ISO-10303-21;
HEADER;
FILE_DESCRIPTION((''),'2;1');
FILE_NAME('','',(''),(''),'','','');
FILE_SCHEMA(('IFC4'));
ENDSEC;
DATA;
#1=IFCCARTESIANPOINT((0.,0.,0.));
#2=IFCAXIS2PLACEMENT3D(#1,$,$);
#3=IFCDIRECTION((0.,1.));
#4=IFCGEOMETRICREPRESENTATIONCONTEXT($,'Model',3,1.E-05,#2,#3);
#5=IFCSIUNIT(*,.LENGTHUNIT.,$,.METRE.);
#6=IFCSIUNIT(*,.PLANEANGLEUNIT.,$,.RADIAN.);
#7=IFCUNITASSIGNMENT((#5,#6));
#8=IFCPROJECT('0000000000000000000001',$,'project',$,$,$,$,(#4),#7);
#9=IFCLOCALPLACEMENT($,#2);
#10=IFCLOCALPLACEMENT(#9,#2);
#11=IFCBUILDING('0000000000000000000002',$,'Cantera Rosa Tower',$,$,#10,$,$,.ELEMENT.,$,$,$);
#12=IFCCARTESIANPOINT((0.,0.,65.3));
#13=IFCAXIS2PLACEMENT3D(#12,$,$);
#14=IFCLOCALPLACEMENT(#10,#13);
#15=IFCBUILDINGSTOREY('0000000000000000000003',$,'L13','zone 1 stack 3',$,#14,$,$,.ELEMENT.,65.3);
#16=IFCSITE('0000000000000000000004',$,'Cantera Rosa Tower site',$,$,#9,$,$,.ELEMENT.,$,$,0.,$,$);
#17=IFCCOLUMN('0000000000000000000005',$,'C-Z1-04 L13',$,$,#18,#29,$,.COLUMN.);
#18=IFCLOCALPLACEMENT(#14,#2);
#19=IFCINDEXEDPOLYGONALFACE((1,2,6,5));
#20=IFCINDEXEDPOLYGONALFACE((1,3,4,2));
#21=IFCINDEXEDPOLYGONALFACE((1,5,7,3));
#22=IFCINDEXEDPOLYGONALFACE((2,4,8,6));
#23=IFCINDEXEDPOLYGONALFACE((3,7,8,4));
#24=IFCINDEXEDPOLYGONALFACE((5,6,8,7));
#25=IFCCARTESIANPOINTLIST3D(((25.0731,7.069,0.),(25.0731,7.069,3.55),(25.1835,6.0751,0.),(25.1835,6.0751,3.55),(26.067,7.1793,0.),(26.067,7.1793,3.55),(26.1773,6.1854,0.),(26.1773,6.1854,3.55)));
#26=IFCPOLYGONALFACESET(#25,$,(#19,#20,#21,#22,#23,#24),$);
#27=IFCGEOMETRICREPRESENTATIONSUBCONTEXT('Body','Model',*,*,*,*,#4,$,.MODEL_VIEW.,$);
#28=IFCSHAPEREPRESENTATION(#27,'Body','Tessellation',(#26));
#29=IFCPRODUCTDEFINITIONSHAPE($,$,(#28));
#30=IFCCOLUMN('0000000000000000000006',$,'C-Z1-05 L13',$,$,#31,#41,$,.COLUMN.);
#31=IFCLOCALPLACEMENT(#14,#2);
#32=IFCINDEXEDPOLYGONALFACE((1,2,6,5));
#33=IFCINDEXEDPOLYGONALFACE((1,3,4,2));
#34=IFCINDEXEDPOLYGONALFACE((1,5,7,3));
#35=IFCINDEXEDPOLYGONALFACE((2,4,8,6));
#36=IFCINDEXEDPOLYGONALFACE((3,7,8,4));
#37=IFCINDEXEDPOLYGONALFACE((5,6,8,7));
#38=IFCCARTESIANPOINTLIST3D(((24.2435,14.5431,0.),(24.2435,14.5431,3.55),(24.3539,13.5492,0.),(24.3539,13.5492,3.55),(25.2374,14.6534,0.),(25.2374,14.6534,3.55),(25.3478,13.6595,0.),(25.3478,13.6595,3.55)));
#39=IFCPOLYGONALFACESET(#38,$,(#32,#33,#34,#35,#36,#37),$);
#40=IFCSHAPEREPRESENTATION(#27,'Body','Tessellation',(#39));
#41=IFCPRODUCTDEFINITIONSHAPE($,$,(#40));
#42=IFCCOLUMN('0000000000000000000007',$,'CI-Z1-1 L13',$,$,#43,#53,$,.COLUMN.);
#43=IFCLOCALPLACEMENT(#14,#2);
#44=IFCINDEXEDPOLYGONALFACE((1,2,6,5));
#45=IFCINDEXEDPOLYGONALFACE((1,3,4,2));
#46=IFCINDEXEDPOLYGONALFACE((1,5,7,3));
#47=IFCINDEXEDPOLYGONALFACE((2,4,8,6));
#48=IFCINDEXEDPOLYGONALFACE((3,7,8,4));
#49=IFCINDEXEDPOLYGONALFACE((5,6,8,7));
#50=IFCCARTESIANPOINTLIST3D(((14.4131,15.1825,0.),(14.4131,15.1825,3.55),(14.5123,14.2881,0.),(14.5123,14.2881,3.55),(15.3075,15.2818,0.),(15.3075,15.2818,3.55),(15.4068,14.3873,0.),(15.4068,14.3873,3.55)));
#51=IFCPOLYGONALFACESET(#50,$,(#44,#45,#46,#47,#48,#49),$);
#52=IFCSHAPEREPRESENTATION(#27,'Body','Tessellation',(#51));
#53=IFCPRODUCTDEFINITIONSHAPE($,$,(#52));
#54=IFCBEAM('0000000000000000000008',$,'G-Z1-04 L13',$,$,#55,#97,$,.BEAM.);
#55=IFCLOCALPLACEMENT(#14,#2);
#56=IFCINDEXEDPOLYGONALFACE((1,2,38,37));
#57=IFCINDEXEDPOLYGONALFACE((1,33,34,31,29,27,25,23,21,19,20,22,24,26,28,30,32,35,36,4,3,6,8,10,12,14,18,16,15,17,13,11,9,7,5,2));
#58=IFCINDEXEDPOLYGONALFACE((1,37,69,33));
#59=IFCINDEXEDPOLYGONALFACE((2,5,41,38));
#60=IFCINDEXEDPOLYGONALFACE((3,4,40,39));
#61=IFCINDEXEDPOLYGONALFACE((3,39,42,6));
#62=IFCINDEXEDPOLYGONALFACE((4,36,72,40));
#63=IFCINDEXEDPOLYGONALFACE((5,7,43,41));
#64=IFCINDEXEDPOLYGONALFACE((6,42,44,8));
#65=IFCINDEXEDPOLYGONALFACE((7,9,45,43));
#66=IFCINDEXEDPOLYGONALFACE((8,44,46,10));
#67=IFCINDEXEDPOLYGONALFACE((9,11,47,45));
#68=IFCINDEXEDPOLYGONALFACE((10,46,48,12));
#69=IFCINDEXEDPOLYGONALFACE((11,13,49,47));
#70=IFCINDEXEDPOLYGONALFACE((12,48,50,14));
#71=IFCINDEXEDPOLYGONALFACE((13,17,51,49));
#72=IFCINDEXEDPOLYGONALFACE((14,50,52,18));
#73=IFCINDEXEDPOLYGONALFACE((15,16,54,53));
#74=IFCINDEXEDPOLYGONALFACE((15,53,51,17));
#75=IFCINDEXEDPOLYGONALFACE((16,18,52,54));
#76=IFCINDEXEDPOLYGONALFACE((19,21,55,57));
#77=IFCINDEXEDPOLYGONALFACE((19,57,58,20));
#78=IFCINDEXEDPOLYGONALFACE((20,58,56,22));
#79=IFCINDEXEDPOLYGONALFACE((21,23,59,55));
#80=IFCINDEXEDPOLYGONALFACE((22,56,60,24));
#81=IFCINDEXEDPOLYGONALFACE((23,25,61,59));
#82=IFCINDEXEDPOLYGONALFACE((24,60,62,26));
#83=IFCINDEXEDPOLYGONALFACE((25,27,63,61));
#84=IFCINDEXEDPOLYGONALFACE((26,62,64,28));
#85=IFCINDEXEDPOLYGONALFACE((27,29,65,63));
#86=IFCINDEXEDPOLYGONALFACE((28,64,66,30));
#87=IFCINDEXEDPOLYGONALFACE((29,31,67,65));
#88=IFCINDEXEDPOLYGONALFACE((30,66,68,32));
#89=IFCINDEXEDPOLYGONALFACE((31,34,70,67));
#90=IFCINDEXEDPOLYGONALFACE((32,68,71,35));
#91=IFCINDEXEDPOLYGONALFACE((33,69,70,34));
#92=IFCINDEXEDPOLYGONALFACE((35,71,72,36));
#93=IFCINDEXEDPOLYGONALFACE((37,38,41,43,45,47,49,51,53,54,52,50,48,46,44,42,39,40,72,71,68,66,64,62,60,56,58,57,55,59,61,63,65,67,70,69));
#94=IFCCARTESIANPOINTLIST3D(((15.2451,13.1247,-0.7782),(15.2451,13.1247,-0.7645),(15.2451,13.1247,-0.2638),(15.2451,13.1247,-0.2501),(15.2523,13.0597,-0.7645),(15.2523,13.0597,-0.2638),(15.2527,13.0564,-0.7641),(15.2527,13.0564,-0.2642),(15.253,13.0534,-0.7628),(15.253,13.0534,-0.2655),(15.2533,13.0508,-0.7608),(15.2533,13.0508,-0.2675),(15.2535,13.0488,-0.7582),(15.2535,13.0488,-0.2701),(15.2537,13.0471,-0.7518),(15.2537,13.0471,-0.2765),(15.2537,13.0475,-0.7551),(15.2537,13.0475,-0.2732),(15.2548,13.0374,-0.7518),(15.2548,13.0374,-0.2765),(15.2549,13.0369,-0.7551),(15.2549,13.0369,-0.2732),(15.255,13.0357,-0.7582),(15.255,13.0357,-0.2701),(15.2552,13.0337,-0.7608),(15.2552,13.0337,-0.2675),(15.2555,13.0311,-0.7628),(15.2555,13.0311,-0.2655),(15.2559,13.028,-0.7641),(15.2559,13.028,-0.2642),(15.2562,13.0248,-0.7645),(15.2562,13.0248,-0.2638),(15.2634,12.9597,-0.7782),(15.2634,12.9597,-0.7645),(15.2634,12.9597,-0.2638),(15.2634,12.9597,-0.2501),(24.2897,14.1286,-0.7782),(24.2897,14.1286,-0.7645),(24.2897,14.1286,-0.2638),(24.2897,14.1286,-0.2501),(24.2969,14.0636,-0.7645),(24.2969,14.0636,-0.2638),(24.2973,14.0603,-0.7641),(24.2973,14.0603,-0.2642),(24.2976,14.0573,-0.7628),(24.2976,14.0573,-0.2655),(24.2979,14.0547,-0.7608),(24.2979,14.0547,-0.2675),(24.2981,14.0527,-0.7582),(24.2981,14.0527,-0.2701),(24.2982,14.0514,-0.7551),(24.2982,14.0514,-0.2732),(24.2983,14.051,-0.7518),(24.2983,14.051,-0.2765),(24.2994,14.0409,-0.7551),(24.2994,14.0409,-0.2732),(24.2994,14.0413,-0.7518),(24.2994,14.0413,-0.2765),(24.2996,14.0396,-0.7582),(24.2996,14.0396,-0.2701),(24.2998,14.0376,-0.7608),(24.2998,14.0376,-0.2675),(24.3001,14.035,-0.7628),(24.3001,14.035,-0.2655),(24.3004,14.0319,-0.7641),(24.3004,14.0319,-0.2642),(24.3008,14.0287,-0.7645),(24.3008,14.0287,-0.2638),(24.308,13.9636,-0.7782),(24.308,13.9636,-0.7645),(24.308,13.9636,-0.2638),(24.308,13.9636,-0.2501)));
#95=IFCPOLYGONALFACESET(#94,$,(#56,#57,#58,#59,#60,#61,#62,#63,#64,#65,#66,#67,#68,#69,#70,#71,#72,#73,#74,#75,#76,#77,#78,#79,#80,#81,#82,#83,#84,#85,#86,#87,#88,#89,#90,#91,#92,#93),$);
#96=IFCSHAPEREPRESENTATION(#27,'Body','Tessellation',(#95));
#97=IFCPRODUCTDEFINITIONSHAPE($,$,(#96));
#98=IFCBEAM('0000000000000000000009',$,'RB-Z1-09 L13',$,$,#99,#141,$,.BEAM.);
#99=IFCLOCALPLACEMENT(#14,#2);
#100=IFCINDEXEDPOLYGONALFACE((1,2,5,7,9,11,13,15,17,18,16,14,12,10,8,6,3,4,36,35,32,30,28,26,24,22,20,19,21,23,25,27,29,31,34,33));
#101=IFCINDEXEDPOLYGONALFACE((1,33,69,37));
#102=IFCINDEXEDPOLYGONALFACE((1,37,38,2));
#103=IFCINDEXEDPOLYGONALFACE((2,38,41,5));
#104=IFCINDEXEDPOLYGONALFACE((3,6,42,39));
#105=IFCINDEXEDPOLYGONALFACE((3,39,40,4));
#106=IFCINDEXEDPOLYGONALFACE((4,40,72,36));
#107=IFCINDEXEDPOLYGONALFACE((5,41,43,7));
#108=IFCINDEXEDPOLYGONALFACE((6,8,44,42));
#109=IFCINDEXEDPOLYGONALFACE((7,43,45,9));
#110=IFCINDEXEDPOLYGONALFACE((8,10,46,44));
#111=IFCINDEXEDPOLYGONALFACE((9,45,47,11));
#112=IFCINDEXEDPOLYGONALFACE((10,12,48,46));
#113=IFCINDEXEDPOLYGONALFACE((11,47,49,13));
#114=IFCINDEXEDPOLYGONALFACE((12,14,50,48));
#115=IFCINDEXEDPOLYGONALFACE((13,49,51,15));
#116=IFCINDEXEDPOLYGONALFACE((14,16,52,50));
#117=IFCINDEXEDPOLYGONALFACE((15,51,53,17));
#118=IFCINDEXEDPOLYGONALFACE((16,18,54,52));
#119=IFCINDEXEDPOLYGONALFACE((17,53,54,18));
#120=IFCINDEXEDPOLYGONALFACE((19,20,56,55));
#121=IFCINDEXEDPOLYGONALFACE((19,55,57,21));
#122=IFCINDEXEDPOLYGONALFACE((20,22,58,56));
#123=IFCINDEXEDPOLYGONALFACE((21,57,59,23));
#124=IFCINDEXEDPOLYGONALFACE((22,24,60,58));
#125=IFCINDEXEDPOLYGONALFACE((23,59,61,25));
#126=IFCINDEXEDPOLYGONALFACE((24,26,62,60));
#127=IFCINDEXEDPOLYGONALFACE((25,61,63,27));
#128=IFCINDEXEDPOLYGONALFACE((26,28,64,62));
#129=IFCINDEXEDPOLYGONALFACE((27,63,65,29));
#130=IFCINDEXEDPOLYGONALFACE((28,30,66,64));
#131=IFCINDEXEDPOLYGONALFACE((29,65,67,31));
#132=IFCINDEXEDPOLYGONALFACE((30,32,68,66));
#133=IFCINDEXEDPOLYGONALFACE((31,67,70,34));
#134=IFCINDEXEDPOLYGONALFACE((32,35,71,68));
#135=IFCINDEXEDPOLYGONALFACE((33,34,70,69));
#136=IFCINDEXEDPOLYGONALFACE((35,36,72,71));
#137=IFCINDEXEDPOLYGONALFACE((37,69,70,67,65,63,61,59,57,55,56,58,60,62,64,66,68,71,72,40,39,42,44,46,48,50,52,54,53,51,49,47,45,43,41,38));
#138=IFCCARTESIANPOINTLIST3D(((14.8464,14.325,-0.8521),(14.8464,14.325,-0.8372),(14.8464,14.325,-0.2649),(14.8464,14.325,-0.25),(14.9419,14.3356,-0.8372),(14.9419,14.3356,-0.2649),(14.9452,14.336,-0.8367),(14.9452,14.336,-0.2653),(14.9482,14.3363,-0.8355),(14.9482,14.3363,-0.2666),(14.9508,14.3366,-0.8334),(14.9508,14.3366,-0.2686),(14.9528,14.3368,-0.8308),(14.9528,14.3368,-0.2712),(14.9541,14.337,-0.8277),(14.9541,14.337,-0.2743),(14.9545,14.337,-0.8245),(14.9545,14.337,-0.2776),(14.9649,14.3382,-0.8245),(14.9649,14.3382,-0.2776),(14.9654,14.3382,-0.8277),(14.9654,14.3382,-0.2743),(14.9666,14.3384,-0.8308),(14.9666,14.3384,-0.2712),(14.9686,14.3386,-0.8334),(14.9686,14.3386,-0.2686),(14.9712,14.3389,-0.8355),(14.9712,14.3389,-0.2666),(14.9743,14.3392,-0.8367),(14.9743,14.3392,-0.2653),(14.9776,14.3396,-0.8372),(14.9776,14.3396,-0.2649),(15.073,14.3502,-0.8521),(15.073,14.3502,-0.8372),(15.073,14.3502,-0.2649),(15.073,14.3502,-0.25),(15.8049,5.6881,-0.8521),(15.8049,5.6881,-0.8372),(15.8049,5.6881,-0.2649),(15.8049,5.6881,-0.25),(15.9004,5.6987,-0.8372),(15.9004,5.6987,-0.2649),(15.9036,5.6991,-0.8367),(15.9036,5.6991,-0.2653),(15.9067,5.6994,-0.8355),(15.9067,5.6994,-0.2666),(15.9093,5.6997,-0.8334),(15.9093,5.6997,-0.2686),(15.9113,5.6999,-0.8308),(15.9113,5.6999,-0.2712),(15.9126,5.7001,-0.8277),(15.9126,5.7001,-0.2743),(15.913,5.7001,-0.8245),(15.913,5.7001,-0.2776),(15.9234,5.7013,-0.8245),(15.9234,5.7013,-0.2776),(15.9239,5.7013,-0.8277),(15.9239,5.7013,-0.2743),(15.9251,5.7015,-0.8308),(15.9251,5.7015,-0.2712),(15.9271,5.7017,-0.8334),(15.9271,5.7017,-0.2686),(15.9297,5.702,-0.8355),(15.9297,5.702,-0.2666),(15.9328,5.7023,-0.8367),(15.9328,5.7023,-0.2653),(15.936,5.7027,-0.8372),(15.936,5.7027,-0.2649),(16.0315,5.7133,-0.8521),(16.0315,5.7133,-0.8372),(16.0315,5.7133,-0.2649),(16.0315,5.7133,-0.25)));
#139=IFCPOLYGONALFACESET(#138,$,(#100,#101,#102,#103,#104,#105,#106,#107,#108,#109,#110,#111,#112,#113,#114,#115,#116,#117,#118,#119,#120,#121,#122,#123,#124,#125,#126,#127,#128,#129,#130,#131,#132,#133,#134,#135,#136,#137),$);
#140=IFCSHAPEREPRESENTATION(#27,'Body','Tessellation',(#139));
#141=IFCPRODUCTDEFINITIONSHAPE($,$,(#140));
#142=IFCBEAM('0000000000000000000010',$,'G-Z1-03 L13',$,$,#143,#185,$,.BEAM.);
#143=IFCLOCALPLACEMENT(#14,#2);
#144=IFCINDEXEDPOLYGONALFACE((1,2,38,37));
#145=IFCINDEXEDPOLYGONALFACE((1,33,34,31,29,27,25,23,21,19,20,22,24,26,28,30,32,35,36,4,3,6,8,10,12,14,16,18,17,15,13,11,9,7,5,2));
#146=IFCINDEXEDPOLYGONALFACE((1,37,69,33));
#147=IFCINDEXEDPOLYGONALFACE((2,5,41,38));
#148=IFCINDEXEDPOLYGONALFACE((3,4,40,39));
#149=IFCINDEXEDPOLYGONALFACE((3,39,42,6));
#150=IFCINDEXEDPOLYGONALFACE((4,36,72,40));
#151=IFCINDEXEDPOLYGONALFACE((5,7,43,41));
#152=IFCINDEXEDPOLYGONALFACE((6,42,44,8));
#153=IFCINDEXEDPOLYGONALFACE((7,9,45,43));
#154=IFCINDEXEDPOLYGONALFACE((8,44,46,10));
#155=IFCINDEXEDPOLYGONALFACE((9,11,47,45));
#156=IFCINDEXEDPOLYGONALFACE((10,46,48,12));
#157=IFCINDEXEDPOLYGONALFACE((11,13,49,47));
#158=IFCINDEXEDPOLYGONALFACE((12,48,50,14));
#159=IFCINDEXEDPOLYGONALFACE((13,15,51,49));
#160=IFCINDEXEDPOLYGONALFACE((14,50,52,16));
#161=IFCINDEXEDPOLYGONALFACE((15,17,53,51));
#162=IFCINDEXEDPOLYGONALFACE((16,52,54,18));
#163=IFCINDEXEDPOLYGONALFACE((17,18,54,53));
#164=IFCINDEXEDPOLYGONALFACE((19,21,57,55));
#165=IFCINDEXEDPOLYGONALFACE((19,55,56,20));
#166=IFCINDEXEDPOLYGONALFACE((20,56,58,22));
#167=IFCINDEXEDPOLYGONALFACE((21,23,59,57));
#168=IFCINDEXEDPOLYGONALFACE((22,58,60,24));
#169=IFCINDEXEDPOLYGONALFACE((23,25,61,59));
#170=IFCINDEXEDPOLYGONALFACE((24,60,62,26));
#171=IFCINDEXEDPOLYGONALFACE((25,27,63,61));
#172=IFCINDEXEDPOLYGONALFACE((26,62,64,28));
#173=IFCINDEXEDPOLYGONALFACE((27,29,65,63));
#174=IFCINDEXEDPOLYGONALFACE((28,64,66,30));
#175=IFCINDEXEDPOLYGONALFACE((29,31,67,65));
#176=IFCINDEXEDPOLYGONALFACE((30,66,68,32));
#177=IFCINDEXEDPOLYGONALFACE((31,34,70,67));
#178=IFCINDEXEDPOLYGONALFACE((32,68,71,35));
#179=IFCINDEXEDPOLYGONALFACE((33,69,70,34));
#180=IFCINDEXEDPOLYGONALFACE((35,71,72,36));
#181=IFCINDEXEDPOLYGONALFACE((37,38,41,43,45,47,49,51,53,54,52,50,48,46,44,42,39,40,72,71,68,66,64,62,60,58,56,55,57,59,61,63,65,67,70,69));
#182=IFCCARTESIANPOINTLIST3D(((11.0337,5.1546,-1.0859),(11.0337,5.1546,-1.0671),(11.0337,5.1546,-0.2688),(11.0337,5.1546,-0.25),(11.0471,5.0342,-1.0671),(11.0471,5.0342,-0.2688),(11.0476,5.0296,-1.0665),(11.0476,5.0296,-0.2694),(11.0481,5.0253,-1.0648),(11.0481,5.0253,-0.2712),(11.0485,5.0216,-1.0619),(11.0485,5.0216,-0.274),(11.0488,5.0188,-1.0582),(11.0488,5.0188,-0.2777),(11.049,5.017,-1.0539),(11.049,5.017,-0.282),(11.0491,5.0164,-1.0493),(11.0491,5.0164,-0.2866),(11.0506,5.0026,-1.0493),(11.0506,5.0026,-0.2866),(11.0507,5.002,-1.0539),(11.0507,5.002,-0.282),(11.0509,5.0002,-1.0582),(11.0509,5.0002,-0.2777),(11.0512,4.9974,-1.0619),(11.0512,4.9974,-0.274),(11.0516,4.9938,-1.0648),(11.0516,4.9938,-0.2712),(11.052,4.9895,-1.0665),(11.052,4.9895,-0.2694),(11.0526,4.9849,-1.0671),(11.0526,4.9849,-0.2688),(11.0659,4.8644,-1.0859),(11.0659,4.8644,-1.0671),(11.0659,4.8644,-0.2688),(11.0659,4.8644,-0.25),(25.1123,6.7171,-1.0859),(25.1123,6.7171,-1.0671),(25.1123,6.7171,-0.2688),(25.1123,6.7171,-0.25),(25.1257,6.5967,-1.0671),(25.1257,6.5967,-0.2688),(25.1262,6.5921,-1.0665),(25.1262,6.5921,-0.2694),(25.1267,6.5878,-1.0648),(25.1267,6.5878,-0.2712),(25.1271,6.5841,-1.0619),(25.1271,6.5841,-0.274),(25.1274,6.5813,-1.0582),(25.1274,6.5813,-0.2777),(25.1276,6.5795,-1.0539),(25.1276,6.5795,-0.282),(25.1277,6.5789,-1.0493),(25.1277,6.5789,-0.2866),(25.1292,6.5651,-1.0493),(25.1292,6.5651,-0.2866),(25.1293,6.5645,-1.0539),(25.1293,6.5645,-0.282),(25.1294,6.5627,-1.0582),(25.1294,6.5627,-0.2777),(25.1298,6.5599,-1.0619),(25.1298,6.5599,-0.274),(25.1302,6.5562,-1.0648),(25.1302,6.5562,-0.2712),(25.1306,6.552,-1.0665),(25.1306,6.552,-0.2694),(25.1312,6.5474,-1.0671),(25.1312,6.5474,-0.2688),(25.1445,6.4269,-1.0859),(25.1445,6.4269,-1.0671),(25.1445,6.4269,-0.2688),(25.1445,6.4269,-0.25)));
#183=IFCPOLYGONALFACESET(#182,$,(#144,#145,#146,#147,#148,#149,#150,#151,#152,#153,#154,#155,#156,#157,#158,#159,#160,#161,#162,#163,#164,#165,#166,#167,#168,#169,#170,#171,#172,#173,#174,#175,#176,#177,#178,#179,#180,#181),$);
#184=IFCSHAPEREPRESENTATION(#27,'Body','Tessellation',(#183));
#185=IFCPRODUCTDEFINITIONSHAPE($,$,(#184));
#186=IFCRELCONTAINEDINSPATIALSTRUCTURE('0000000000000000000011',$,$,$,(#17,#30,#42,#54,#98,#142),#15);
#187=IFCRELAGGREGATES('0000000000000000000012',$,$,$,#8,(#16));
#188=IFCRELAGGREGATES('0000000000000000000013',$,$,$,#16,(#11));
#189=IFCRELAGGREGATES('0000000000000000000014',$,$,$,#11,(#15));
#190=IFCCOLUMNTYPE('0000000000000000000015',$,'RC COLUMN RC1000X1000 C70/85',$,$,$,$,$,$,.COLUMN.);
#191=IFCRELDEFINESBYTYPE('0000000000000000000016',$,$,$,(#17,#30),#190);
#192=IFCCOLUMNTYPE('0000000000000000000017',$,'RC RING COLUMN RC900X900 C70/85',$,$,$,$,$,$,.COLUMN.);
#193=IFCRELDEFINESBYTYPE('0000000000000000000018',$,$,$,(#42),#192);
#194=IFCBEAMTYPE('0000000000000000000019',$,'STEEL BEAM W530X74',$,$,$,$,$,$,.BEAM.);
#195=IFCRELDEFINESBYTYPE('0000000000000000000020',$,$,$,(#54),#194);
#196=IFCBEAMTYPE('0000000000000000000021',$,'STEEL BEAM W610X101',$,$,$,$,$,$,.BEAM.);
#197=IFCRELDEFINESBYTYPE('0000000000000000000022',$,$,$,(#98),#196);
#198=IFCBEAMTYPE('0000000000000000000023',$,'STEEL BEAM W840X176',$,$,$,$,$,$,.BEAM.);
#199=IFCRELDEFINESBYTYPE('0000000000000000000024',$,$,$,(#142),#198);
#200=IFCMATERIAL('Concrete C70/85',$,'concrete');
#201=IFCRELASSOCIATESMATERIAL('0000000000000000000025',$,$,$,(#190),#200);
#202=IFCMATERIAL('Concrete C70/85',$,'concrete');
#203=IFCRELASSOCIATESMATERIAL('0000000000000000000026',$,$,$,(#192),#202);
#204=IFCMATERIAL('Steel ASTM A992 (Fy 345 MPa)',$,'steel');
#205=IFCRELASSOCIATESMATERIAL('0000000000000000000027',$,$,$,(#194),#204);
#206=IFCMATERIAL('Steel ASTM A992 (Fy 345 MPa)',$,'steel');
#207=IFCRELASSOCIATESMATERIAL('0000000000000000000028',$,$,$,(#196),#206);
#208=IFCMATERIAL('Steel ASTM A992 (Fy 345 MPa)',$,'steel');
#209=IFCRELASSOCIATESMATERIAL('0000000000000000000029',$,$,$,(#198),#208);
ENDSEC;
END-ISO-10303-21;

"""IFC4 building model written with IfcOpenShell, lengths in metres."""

from ifc_helpers import new_model, si_unit, direction, frame, origin, origin_2d, place, context, subcontext, project, spatial, rectangle, i_section, extrude, material, material_profile, profile_set, type_object, element, save


model = new_model("IFC4")

# Units and contexts
model_context = context("Model", 3, precision=1e-05, world=origin(), true_north=direction((0.0, 1.0)))
body_context = subcontext(model_context, "Body", "Model", "MODEL_VIEW")
ifc_project = project(units=[si_unit("LENGTHUNIT", "METRE"), si_unit("PLANEANGLEUNIT", "RADIAN")], contexts=[model_context])

# Site, building, storey
site_placement = place(None, origin())
site = spatial("IfcSite", under=ifc_project, at=site_placement, Name="Cantera Rosa Tower site", CompositionType="ELEMENT", RefElevation=0.0)
building_placement = place(site_placement, origin())
building = spatial("IfcBuilding", under=site, at=building_placement, Name="Cantera Rosa Tower", CompositionType="ELEMENT")
storey_placement = place(building_placement, frame((0.0, 0.0, 65.3)))
storey = spatial("IfcBuildingStorey", under=building, at=storey_placement, Name="L13", Description="zone 1 stack 3", CompositionType="ELEMENT", Elevation=65.3)

# Columns
ifc_material_1 = material(Name="Concrete C70/85", Category="concrete")
ifc_material_profile_1 = material_profile(ifc_material_1, rectangle(XDim=1.0, YDim=1.0, at=origin_2d()), Name="RC COLUMN RC1000X1000 C70/85")
ifc_profile_set_1 = profile_set([ifc_material_profile_1], Name="Concrete C70/85")
column_type_1 = type_object("IfcColumnType", Name="RC COLUMN RC1000X1000 C70/85", PredefinedType="COLUMN", material=ifc_profile_set_1)
for number, where, z_axis, x_axis, name in (
    (1, (25.6252, 6.6272, 0.0), (0.0, 0.0, 1.0), (0.993897, 0.110313, 0.0), "C-Z1-04 L13"),
    (2, (24.7957, 14.1013, 0.0), (0.0, 0.0, 1.0), (0.993897, 0.110313, 0.0), "C-Z1-05 L13"),
):
    element("IfcColumn", number, at=place(storey_placement, frame(where, z_axis=z_axis, x_axis=x_axis)), inside=storey, type_object=column_type_1, Name=name, PredefinedType="COLUMN", context=body_context, shape_type="SweptSolid", body=[
        extrude(rectangle(XDim=1.0, YDim=1.0, at=origin_2d()), origin(), (0.0, 0.0, 1.0), 3.55),
    ])
ifc_material_2 = material(Name="Concrete C70/85", Category="concrete")
ifc_material_profile_2 = material_profile(ifc_material_2, rectangle(XDim=0.8999, YDim=0.8999, at=origin_2d()), Name="RC RING COLUMN RC900X900 C70/85")
ifc_profile_set_2 = profile_set([ifc_material_profile_2], Name="Concrete C70/85")
column_type_2 = type_object("IfcColumnType", Name="RC RING COLUMN RC900X900 C70/85", PredefinedType="COLUMN", material=ifc_profile_set_2)
column_placement = place(storey_placement, frame((14.9099, 14.7849, 0.0), z_axis=(0.0, 0.0, 1.0), x_axis=(0.993897, 0.110313, 0.0)))
element("IfcColumn", 3, at=column_placement, inside=storey, type_object=column_type_2, Name="CI-Z1-1 L13", PredefinedType="COLUMN", context=body_context, shape_type="SweptSolid", body=[
    extrude(rectangle(XDim=0.8999, YDim=0.8999, at=origin_2d()), origin(), (0.0, 0.0, 1.0), 3.55),
])

# Beams
ifc_material_3 = material(Name="Steel ASTM A992 (Fy 345 MPa)", Category="steel")
ifc_material_profile_3 = material_profile(ifc_material_3, i_section(OverallWidth=0.166, OverallDepth=0.5281, WebThickness=0.0098, FlangeThickness=0.0137, FilletRadius=0.0127, at=origin_2d()), Name="W530X74")
ifc_profile_set_3 = profile_set([ifc_material_profile_3], Name="Steel ASTM A992 (Fy 345 MPa)")
beam_type_1 = type_object("IfcBeamType", Name="STEEL BEAM W530X74", PredefinedType="BEAM", material=ifc_profile_set_3)
beam_1_placement = place(storey_placement, frame((24.2988, 14.0461, -0.5142), z_axis=(-0.993896, -0.11032, 0.0), x_axis=(0.11032, -0.993896, 0.0)))
element("IfcBeam", 4, at=beam_1_placement, inside=storey, type_object=beam_type_1, Name="G-Z1-04 L13", PredefinedType="BEAM", context=body_context, shape_type="SweptSolid", body=[
    extrude(i_section(OverallWidth=0.166, OverallDepth=0.5281, WebThickness=0.0098, FlangeThickness=0.0137, FilletRadius=0.0127, at=origin_2d()), origin(), (0.0, 0.0, 1.0), 9.1001),
])
ifc_material_4 = material(Name="Steel ASTM A992 (Fy 345 MPa)", Category="steel")
ifc_material_profile_4 = material_profile(ifc_material_4, i_section(OverallWidth=0.228, OverallDepth=0.6021, WebThickness=0.0105, FlangeThickness=0.0149, FilletRadius=0.0127, at=origin_2d()), Name="W610X101")
ifc_profile_set_4 = profile_set([ifc_material_profile_4], Name="Steel ASTM A992 (Fy 345 MPa)")
beam_type_2 = type_object("IfcBeamType", Name="STEEL BEAM W610X101", PredefinedType="BEAM", material=ifc_profile_set_4)
beam_2_placement = place(storey_placement, frame((15.9182, 5.7007, -0.551), z_axis=(-0.110299, 0.993898, 0.0), x_axis=(-0.993898, -0.110299, 0.0)))
element("IfcBeam", 5, at=beam_2_placement, inside=storey, type_object=beam_type_2, Name="RB-Z1-09 L13", PredefinedType="BEAM", context=body_context, shape_type="SweptSolid", body=[
    extrude(i_section(OverallWidth=0.228, OverallDepth=0.6021, WebThickness=0.0105, FlangeThickness=0.0149, FilletRadius=0.0127, at=origin_2d()), origin(), (0.0, 0.0, 1.0), 8.6899),
])
ifc_material_5 = material(Name="Steel ASTM A992 (Fy 345 MPa)", Category="steel")
ifc_material_profile_5 = material_profile(ifc_material_5, i_section(OverallWidth=0.292, OverallDepth=0.8359, WebThickness=0.0139, FlangeThickness=0.0188, FilletRadius=0.0178, at=origin_2d()), Name="W840X176")
ifc_profile_set_5 = profile_set([ifc_material_profile_5], Name="Steel ASTM A992 (Fy 345 MPa)")
beam_type_3 = type_object("IfcBeamType", Name="STEEL BEAM W840X176", PredefinedType="BEAM", material=ifc_profile_set_5)
beam_3_placement = place(storey_placement, frame((25.1284, 6.572, -0.668), z_axis=(-0.993898, -0.110307, 0.0), x_axis=(0.110307, -0.993898, 0.0)))
element("IfcBeam", 6, at=beam_3_placement, inside=storey, type_object=beam_type_3, Name="G-Z1-03 L13", PredefinedType="BEAM", context=body_context, shape_type="SweptSolid", body=[
    extrude(i_section(OverallWidth=0.292, OverallDepth=0.8359, WebThickness=0.0139, FlangeThickness=0.0188, FilletRadius=0.0178, at=origin_2d()), origin(), (0.0, 0.0, 1.0), 14.165),
])

save(model, "model.ifc")
